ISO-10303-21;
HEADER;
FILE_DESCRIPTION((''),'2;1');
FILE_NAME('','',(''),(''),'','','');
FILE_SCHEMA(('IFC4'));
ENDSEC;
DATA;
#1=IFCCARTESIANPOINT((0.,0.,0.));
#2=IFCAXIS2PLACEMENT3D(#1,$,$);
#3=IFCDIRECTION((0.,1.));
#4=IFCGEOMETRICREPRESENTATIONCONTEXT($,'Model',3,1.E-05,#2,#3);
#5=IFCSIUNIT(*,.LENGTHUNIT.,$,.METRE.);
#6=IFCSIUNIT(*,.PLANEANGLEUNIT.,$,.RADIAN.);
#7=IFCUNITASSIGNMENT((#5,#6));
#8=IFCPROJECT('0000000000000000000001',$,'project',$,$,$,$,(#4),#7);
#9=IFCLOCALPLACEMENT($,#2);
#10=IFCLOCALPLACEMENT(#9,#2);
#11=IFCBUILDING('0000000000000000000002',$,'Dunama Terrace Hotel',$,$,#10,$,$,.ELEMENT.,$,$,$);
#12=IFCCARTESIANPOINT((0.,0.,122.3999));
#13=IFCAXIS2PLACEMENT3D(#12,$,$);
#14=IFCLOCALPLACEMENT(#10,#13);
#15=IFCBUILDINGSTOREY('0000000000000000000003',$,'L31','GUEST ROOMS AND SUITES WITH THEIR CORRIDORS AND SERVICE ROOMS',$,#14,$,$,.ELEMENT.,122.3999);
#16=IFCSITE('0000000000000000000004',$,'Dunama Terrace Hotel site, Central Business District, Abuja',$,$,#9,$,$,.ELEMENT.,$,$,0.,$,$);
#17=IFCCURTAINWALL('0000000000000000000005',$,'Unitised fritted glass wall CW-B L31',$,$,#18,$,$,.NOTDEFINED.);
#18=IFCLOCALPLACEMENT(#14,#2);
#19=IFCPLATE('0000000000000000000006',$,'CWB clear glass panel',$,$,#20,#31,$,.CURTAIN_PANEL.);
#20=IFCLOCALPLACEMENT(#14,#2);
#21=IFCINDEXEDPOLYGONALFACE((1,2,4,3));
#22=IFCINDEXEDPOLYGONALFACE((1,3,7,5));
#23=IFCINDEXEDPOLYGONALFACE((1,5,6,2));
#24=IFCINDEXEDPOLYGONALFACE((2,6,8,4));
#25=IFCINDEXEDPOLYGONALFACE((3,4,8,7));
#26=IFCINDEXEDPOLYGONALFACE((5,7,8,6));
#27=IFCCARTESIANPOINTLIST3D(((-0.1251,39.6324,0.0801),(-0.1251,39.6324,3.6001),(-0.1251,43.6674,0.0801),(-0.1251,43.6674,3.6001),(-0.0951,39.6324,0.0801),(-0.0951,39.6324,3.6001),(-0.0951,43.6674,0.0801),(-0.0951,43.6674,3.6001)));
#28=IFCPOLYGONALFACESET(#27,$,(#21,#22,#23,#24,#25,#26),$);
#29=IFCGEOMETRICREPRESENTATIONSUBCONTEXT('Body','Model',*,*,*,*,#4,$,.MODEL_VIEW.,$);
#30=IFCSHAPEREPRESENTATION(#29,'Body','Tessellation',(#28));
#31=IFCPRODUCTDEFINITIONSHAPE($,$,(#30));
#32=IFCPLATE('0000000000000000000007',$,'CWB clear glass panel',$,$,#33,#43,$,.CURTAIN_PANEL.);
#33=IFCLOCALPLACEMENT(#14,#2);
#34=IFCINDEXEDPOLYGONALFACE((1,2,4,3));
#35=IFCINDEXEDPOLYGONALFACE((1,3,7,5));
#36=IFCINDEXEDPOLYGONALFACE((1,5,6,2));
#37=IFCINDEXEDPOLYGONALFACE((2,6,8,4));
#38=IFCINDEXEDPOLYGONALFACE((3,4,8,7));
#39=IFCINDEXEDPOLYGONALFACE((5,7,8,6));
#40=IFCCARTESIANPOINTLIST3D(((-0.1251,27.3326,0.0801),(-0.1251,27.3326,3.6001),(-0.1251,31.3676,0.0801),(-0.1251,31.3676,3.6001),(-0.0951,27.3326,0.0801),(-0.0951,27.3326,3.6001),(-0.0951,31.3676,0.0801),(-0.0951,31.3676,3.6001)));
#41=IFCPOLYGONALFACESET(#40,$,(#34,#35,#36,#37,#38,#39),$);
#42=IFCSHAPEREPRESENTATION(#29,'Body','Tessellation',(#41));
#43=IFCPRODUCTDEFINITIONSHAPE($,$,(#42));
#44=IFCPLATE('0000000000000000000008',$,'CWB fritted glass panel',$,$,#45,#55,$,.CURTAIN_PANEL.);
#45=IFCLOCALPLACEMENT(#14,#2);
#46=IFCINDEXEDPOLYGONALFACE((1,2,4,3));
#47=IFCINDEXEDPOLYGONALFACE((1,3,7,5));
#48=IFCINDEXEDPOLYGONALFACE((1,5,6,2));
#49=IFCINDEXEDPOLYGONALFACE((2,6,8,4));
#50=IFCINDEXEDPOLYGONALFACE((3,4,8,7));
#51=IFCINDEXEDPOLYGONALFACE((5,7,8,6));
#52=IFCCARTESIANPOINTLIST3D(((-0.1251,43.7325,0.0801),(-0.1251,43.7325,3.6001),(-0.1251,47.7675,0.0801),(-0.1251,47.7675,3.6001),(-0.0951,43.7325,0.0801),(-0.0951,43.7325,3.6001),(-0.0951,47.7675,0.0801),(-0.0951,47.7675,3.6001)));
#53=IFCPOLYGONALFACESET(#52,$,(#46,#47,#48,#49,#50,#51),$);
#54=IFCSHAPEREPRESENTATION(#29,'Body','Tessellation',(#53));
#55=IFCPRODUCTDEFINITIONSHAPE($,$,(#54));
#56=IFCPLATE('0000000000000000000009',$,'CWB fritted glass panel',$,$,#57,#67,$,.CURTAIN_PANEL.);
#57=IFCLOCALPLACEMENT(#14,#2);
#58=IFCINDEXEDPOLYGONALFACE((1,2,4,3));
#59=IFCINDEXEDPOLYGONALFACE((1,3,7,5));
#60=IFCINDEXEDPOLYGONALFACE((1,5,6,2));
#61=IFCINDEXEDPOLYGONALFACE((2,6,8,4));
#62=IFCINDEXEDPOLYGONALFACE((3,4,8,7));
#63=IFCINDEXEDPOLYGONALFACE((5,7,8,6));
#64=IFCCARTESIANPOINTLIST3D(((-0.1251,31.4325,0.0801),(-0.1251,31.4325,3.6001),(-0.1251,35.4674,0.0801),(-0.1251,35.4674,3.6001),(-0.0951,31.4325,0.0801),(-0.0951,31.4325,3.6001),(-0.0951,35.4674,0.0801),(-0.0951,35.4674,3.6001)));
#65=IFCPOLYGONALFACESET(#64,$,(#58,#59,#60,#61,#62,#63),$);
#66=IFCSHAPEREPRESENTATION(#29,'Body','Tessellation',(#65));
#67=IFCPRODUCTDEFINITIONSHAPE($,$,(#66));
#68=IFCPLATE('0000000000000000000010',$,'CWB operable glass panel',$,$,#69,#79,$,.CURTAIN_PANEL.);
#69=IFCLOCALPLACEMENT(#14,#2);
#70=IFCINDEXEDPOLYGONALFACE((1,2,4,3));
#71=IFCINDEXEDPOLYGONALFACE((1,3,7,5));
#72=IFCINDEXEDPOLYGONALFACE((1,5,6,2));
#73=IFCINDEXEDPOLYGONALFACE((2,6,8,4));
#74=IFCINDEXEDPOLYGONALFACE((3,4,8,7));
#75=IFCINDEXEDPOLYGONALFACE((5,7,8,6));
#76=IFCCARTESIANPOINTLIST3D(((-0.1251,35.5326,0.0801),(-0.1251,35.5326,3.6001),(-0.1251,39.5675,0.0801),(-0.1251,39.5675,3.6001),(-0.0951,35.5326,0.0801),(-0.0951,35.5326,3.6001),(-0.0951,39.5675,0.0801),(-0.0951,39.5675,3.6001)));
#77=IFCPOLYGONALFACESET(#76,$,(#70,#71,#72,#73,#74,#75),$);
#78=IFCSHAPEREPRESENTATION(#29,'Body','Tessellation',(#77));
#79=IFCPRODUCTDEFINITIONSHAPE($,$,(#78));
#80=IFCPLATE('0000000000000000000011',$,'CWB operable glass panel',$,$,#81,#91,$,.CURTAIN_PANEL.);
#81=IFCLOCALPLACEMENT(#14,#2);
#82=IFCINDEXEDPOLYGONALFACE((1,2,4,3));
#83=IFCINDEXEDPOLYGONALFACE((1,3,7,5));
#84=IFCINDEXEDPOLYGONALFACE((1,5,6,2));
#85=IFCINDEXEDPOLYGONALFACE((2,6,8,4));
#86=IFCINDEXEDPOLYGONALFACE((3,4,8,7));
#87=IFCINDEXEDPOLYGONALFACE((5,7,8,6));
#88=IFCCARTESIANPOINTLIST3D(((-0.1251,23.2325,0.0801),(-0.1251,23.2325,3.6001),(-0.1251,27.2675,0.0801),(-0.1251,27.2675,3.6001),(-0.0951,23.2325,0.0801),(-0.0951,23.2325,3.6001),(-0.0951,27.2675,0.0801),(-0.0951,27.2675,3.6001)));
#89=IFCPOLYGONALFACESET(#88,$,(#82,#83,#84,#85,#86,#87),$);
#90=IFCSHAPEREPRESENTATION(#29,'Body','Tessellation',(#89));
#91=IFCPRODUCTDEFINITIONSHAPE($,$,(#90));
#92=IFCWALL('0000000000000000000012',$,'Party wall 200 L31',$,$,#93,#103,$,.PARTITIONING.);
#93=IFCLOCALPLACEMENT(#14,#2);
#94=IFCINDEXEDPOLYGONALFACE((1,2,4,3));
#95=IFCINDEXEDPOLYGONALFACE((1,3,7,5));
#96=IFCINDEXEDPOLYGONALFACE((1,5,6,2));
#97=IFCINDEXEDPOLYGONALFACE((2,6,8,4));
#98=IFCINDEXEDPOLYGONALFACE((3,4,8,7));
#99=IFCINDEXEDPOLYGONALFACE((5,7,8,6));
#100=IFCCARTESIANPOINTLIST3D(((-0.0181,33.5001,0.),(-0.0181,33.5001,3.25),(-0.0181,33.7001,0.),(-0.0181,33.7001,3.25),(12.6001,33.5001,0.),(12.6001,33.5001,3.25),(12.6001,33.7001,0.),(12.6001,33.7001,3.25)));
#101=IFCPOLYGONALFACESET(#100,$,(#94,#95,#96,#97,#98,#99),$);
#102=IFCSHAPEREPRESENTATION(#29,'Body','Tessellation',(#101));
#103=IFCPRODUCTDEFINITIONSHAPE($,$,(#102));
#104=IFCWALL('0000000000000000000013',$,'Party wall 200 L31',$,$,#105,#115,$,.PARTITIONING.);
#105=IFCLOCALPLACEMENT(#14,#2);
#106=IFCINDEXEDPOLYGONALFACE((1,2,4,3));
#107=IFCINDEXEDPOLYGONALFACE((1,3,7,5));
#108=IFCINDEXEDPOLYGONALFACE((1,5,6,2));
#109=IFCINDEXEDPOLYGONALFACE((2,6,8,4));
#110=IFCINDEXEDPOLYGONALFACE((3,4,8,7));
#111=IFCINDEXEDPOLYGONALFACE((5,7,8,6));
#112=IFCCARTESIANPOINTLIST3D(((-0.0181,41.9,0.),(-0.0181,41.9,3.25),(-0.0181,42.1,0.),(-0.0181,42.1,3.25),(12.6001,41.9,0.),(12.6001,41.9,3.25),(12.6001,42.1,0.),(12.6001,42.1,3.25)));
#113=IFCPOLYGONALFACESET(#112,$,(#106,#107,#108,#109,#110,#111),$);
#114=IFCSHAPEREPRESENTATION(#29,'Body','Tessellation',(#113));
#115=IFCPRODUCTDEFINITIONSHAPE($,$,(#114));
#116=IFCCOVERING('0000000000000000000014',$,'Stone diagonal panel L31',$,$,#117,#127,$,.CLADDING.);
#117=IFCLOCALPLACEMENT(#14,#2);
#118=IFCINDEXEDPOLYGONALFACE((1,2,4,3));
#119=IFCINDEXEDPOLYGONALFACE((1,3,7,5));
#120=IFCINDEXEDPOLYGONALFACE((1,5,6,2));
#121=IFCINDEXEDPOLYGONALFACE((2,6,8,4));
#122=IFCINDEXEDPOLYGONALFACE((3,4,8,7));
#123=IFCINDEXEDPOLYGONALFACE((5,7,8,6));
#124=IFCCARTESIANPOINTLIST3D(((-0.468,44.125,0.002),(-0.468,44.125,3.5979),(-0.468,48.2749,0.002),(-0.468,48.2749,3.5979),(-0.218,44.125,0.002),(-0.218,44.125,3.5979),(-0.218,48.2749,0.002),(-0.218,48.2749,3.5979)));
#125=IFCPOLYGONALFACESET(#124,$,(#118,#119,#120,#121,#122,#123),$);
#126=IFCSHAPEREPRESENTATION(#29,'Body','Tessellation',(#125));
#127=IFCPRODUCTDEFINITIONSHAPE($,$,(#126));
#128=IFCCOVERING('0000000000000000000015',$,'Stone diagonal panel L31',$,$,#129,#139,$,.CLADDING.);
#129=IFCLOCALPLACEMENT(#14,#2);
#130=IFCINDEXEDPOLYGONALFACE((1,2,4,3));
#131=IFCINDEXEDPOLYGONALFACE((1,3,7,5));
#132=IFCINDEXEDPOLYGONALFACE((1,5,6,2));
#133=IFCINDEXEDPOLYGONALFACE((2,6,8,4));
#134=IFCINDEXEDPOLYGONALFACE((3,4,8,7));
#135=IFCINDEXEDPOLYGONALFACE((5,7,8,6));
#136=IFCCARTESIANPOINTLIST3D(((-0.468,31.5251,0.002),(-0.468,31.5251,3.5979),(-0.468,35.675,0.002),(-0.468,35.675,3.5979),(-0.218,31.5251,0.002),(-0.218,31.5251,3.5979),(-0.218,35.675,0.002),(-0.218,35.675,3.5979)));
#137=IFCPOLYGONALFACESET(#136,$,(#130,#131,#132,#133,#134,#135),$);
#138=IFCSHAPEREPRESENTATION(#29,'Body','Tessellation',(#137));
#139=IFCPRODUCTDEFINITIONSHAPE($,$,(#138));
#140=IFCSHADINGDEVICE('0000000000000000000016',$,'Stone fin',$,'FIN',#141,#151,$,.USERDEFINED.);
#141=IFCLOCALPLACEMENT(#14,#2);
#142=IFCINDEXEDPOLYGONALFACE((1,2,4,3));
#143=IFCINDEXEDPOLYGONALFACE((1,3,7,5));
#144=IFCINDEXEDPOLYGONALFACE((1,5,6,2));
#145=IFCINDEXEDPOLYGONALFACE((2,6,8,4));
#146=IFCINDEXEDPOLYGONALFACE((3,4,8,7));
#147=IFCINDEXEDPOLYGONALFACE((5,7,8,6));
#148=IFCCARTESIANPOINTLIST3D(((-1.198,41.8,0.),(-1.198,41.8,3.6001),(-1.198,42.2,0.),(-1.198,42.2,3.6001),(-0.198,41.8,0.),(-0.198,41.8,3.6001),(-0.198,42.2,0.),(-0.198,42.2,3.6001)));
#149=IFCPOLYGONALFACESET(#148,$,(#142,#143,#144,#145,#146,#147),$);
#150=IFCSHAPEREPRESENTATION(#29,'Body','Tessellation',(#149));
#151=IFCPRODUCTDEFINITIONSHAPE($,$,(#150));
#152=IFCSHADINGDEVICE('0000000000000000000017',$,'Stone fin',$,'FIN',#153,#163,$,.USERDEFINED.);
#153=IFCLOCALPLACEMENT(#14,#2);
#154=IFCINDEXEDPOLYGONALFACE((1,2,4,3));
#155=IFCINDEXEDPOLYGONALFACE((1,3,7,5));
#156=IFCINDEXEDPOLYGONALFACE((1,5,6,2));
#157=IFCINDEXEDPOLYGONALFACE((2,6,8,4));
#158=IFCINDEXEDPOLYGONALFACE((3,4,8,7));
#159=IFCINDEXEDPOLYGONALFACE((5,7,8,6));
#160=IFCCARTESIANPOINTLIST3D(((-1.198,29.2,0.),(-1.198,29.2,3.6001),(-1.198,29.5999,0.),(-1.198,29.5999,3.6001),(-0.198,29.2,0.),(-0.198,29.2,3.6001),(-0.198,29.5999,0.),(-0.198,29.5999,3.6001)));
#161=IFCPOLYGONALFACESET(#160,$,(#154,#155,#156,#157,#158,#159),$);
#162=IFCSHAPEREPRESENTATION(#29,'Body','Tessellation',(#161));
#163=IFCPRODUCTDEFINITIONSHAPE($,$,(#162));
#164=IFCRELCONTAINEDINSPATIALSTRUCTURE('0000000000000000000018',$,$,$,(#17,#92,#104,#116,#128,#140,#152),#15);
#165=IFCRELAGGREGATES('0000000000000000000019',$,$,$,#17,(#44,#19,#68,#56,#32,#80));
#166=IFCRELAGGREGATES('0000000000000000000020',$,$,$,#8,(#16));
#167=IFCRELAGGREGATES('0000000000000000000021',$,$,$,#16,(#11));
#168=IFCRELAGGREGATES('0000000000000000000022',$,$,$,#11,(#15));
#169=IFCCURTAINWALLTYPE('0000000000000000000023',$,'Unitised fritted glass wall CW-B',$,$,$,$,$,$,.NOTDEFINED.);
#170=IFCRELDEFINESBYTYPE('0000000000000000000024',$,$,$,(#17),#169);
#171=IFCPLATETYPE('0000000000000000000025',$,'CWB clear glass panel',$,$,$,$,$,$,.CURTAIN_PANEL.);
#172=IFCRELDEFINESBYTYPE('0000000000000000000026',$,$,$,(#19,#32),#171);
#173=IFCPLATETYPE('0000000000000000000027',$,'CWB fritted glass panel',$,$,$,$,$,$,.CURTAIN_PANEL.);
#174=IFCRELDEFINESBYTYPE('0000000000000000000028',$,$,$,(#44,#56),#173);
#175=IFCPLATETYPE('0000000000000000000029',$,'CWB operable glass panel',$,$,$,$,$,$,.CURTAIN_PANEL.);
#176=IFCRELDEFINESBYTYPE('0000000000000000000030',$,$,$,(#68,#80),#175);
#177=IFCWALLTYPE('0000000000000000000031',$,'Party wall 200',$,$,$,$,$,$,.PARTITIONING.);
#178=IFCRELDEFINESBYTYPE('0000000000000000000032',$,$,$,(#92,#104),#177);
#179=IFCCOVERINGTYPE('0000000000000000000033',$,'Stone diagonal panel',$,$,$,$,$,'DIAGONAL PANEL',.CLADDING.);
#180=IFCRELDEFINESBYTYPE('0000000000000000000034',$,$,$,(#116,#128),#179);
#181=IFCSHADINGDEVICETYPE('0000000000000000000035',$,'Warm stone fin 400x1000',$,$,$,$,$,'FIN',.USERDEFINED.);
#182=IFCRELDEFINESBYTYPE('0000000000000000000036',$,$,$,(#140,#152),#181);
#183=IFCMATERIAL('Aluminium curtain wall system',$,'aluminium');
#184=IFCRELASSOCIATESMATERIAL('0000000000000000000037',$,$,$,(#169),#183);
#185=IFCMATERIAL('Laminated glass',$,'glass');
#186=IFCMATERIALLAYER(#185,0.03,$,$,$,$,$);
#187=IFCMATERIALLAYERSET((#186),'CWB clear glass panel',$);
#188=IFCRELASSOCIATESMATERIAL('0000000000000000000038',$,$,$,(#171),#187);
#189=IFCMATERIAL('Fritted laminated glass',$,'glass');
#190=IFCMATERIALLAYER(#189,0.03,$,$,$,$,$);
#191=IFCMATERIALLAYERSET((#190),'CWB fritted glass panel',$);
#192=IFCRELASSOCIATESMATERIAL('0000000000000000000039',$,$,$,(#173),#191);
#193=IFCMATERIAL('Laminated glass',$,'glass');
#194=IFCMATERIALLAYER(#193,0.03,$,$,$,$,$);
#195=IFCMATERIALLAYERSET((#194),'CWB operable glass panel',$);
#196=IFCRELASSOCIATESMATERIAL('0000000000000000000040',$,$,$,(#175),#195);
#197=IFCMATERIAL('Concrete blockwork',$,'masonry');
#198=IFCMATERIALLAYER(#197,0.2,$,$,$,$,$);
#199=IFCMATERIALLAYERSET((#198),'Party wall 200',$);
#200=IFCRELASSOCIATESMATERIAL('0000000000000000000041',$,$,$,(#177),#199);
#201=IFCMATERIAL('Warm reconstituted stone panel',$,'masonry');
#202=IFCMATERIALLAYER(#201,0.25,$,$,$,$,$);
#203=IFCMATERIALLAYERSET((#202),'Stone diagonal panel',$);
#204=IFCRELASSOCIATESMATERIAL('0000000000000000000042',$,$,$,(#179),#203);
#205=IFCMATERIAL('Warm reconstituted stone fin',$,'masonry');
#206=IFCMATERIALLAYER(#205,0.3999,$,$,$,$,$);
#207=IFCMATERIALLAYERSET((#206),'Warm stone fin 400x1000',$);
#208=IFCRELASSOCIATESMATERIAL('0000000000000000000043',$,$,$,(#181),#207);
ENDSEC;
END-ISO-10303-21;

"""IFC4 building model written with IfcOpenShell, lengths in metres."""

from ifc_helpers import new_model, si_unit, direction, frame, frame_2d, origin, origin_2d, place, context, subcontext, project, spatial, rectangle, extrude, material, layer, layer_set, type_object, element, aggregate, save


model = new_model("IFC4")

# Units and contexts
model_context = context("Model", 3, precision=1e-05, world=origin(), true_north=direction((0.0, 1.0)))
body_context = subcontext(model_context, "Body", "Model", "MODEL_VIEW")
ifc_project = project(units=[si_unit("LENGTHUNIT", "METRE"), si_unit("PLANEANGLEUNIT", "RADIAN")], contexts=[model_context])

# Site, building, storey
site_placement = place(None, origin())
site = spatial("IfcSite", under=ifc_project, at=site_placement, Name="Dunama Terrace Hotel site, Central Business District, Abuja", CompositionType="ELEMENT", RefElevation=0.0)
building_placement = place(site_placement, origin())
building = spatial("IfcBuilding", under=site, at=building_placement, Name="Dunama Terrace Hotel", CompositionType="ELEMENT")
storey_placement = place(building_placement, frame((0.0, 0.0, 122.3999)))
storey = spatial("IfcBuildingStorey", under=building, at=storey_placement, Name="L31", Description="GUEST ROOMS AND SUITES WITH THEIR CORRIDORS AND SERVICE ROOMS", CompositionType="ELEMENT", Elevation=122.3999)

# Curtain wall
ifc_material_1 = material(Name="Aluminium curtain wall system", Category="aluminium")
curtain_wall_type = type_object("IfcCurtainWallType", Name="Unitised fritted glass wall CW-B", PredefinedType="NOTDEFINED", material=ifc_material_1)
curtain_wall_placement = place(storey_placement, origin())
curtain_wall = element("IfcCurtainWall", 1, at=curtain_wall_placement, inside=storey, type_object=curtain_wall_type, Name="Unitised fritted glass wall CW-B L31", PredefinedType="NOTDEFINED")

# Plates
ifc_material_2 = material(Name="Laminated glass", Category="glass")
ifc_layer_1 = layer(ifc_material_2, 0.03)
ifc_layer_set_1 = layer_set([ifc_layer_1], Name="CWB clear glass panel")
plate_type_1 = type_object("IfcPlateType", Name="CWB clear glass panel", PredefinedType="CURTAIN_PANEL", material=ifc_layer_set_1)
plate_1_placement = place(storey_placement, frame((-0.1101, 41.6499, 0.0801), z_axis=(0.0, 0.0, 1.0), x_axis=(0.0, -1.0, 0.0)))
plate_1 = element("IfcPlate", 2, at=plate_1_placement, type_object=plate_type_1, Name="CWB clear glass panel", PredefinedType="CURTAIN_PANEL", context=body_context, shape_type="SweptSolid", body=[
    extrude(rectangle(XDim=4.0349, YDim=0.03, at=origin_2d()), origin(), (0.0, 0.0, 1.0), 3.52),
])
plate_2_placement = place(storey_placement, frame((-0.1101, 29.3501, 0.0801), z_axis=(0.0, 0.0, 1.0), x_axis=(0.0, -1.0, 0.0)))
plate_2 = element("IfcPlate", 3, at=plate_2_placement, type_object=plate_type_1, Name="CWB clear glass panel", PredefinedType="CURTAIN_PANEL", context=body_context, shape_type="SweptSolid", body=[
    extrude(rectangle(XDim=4.0349, YDim=0.03, at=origin_2d()), origin(), (0.0, 0.0, 1.0), 3.52),
])
ifc_material_3 = material(Name="Fritted laminated glass", Category="glass")
ifc_layer_2 = layer(ifc_material_3, 0.03)
ifc_layer_set_2 = layer_set([ifc_layer_2], Name="CWB fritted glass panel")
plate_type_2 = type_object("IfcPlateType", Name="CWB fritted glass panel", PredefinedType="CURTAIN_PANEL", material=ifc_layer_set_2)
plate_3_placement = place(storey_placement, frame((-0.1101, 45.75, 0.0801), z_axis=(0.0, 0.0, 1.0), x_axis=(0.0, -1.0, 0.0)))
plate_3 = element("IfcPlate", 4, at=plate_3_placement, type_object=plate_type_2, Name="CWB fritted glass panel", PredefinedType="CURTAIN_PANEL", context=body_context, shape_type="SweptSolid", body=[
    extrude(rectangle(XDim=4.0349, YDim=0.03, at=origin_2d()), origin(), (0.0, 0.0, 1.0), 3.52),
])
plate_4_placement = place(storey_placement, frame((-0.1101, 33.45, 0.0801), z_axis=(0.0, 0.0, 1.0), x_axis=(0.0, -1.0, 0.0)))
plate_4 = element("IfcPlate", 5, at=plate_4_placement, type_object=plate_type_2, Name="CWB fritted glass panel", PredefinedType="CURTAIN_PANEL", context=body_context, shape_type="SweptSolid", body=[
    extrude(rectangle(XDim=4.0349, YDim=0.03, at=origin_2d()), origin(), (0.0, 0.0, 1.0), 3.52),
])
ifc_material_4 = material(Name="Laminated glass", Category="glass")
ifc_layer_3 = layer(ifc_material_4, 0.03)
ifc_layer_set_3 = layer_set([ifc_layer_3], Name="CWB operable glass panel")
plate_type_3 = type_object("IfcPlateType", Name="CWB operable glass panel", PredefinedType="CURTAIN_PANEL", material=ifc_layer_set_3)
plate_5_placement = place(storey_placement, frame((-0.1101, 37.55, 0.0801), z_axis=(0.0, 0.0, 1.0), x_axis=(0.0, -1.0, 0.0)))
plate_5 = element("IfcPlate", 6, at=plate_5_placement, type_object=plate_type_3, Name="CWB operable glass panel", PredefinedType="CURTAIN_PANEL", context=body_context, shape_type="SweptSolid", body=[
    extrude(rectangle(XDim=4.0349, YDim=0.03, at=origin_2d()), origin(), (0.0, 0.0, 1.0), 3.52),
])
plate_6_placement = place(storey_placement, frame((-0.1101, 25.25, 0.0801), z_axis=(0.0, 0.0, 1.0), x_axis=(0.0, -1.0, 0.0)))
plate_6 = element("IfcPlate", 7, at=plate_6_placement, type_object=plate_type_3, Name="CWB operable glass panel", PredefinedType="CURTAIN_PANEL", context=body_context, shape_type="SweptSolid", body=[
    extrude(rectangle(XDim=4.0349, YDim=0.03, at=origin_2d()), origin(), (0.0, 0.0, 1.0), 3.52),
])
aggregate(curtain_wall, [plate_3, plate_1, plate_5, plate_4, plate_2, plate_6])

# Walls
ifc_material_5 = material(Name="Concrete blockwork", Category="masonry")
ifc_layer_4 = layer(ifc_material_5, 0.2)
ifc_layer_set_4 = layer_set([ifc_layer_4], Name="Party wall 200")
wall_type = type_object("IfcWallType", Name="Party wall 200", PredefinedType="PARTITIONING", material=ifc_layer_set_4)
for number, where, z_axis, x_axis, name in (
    (8, (-0.0181, 33.6001, 0.0), (0.0, 0.0, 1.0), (1.0, 0.0, 0.0), "Party wall 200 L31"),
    (9, (-0.0181, 42.0, 0.0), (0.0, 0.0, 1.0), (1.0, 0.0, 0.0), "Party wall 200 L31"),
):
    element("IfcWall", number, at=place(storey_placement, frame(where, z_axis=z_axis, x_axis=x_axis)), inside=storey, type_object=wall_type, Name=name, PredefinedType="PARTITIONING", context=body_context, shape_type="SweptSolid", body=[
        extrude(rectangle(XDim=12.6182, YDim=0.2, at=frame_2d((6.3091, 0.0))), origin(), (0.0, 0.0, 1.0), 3.25),
    ])

# Coverings
ifc_material_6 = material(Name="Warm reconstituted stone panel", Category="masonry")
ifc_layer_5 = layer(ifc_material_6, 0.25)
ifc_layer_set_5 = layer_set([ifc_layer_5], Name="Stone diagonal panel")
covering_type = type_object("IfcCoveringType", Name="Stone diagonal panel", ElementType="DIAGONAL PANEL", PredefinedType="CLADDING", material=ifc_layer_set_5)
for number, where, z_axis, x_axis, name in (
    (10, (-0.343, 46.2, 0.002), (0.0, 0.0, 1.0), (0.0, -1.0, 0.0), "Stone diagonal panel L31"),
    (11, (-0.343, 33.6001, 0.002), (0.0, 0.0, 1.0), (0.0, -1.0, 0.0), "Stone diagonal panel L31"),
):
    element("IfcCovering", number, at=place(storey_placement, frame(where, z_axis=z_axis, x_axis=x_axis)), inside=storey, type_object=covering_type, Name=name, PredefinedType="CLADDING", context=body_context, shape_type="SweptSolid", body=[
        extrude(rectangle(XDim=4.1499, YDim=0.25, at=origin_2d()), origin(), (0.0, 0.0, 1.0), 3.5959),
    ])

# Shading devices
ifc_material_7 = material(Name="Warm reconstituted stone fin", Category="masonry")
ifc_layer_6 = layer(ifc_material_7, 0.3999)
ifc_layer_set_6 = layer_set([ifc_layer_6], Name="Warm stone fin 400x1000")
shading_device_type = type_object("IfcShadingDeviceType", Name="Warm stone fin 400x1000", ElementType="FIN", PredefinedType="USERDEFINED", material=ifc_layer_set_6)
for number, where, z_axis, x_axis, name in (
    (12, (-0.698, 42.0, 0.0), (0.0, 0.0, 1.0), (0.0, -1.0, 0.0), "Stone fin"),
    (13, (-0.698, 29.3999, 0.0), (0.0, 0.0, 1.0), (0.0, -1.0, 0.0), "Stone fin"),
):
    element("IfcShadingDevice", number, at=place(storey_placement, frame(where, z_axis=z_axis, x_axis=x_axis)), inside=storey, type_object=shading_device_type, Name=name, ObjectType="FIN", PredefinedType="USERDEFINED", context=body_context, shape_type="SweptSolid", body=[
        extrude(rectangle(XDim=0.3999, YDim=1.0, at=origin_2d()), origin(), (0.0, 0.0, 1.0), 3.6001),
    ])

save(model, "model.ifc")
